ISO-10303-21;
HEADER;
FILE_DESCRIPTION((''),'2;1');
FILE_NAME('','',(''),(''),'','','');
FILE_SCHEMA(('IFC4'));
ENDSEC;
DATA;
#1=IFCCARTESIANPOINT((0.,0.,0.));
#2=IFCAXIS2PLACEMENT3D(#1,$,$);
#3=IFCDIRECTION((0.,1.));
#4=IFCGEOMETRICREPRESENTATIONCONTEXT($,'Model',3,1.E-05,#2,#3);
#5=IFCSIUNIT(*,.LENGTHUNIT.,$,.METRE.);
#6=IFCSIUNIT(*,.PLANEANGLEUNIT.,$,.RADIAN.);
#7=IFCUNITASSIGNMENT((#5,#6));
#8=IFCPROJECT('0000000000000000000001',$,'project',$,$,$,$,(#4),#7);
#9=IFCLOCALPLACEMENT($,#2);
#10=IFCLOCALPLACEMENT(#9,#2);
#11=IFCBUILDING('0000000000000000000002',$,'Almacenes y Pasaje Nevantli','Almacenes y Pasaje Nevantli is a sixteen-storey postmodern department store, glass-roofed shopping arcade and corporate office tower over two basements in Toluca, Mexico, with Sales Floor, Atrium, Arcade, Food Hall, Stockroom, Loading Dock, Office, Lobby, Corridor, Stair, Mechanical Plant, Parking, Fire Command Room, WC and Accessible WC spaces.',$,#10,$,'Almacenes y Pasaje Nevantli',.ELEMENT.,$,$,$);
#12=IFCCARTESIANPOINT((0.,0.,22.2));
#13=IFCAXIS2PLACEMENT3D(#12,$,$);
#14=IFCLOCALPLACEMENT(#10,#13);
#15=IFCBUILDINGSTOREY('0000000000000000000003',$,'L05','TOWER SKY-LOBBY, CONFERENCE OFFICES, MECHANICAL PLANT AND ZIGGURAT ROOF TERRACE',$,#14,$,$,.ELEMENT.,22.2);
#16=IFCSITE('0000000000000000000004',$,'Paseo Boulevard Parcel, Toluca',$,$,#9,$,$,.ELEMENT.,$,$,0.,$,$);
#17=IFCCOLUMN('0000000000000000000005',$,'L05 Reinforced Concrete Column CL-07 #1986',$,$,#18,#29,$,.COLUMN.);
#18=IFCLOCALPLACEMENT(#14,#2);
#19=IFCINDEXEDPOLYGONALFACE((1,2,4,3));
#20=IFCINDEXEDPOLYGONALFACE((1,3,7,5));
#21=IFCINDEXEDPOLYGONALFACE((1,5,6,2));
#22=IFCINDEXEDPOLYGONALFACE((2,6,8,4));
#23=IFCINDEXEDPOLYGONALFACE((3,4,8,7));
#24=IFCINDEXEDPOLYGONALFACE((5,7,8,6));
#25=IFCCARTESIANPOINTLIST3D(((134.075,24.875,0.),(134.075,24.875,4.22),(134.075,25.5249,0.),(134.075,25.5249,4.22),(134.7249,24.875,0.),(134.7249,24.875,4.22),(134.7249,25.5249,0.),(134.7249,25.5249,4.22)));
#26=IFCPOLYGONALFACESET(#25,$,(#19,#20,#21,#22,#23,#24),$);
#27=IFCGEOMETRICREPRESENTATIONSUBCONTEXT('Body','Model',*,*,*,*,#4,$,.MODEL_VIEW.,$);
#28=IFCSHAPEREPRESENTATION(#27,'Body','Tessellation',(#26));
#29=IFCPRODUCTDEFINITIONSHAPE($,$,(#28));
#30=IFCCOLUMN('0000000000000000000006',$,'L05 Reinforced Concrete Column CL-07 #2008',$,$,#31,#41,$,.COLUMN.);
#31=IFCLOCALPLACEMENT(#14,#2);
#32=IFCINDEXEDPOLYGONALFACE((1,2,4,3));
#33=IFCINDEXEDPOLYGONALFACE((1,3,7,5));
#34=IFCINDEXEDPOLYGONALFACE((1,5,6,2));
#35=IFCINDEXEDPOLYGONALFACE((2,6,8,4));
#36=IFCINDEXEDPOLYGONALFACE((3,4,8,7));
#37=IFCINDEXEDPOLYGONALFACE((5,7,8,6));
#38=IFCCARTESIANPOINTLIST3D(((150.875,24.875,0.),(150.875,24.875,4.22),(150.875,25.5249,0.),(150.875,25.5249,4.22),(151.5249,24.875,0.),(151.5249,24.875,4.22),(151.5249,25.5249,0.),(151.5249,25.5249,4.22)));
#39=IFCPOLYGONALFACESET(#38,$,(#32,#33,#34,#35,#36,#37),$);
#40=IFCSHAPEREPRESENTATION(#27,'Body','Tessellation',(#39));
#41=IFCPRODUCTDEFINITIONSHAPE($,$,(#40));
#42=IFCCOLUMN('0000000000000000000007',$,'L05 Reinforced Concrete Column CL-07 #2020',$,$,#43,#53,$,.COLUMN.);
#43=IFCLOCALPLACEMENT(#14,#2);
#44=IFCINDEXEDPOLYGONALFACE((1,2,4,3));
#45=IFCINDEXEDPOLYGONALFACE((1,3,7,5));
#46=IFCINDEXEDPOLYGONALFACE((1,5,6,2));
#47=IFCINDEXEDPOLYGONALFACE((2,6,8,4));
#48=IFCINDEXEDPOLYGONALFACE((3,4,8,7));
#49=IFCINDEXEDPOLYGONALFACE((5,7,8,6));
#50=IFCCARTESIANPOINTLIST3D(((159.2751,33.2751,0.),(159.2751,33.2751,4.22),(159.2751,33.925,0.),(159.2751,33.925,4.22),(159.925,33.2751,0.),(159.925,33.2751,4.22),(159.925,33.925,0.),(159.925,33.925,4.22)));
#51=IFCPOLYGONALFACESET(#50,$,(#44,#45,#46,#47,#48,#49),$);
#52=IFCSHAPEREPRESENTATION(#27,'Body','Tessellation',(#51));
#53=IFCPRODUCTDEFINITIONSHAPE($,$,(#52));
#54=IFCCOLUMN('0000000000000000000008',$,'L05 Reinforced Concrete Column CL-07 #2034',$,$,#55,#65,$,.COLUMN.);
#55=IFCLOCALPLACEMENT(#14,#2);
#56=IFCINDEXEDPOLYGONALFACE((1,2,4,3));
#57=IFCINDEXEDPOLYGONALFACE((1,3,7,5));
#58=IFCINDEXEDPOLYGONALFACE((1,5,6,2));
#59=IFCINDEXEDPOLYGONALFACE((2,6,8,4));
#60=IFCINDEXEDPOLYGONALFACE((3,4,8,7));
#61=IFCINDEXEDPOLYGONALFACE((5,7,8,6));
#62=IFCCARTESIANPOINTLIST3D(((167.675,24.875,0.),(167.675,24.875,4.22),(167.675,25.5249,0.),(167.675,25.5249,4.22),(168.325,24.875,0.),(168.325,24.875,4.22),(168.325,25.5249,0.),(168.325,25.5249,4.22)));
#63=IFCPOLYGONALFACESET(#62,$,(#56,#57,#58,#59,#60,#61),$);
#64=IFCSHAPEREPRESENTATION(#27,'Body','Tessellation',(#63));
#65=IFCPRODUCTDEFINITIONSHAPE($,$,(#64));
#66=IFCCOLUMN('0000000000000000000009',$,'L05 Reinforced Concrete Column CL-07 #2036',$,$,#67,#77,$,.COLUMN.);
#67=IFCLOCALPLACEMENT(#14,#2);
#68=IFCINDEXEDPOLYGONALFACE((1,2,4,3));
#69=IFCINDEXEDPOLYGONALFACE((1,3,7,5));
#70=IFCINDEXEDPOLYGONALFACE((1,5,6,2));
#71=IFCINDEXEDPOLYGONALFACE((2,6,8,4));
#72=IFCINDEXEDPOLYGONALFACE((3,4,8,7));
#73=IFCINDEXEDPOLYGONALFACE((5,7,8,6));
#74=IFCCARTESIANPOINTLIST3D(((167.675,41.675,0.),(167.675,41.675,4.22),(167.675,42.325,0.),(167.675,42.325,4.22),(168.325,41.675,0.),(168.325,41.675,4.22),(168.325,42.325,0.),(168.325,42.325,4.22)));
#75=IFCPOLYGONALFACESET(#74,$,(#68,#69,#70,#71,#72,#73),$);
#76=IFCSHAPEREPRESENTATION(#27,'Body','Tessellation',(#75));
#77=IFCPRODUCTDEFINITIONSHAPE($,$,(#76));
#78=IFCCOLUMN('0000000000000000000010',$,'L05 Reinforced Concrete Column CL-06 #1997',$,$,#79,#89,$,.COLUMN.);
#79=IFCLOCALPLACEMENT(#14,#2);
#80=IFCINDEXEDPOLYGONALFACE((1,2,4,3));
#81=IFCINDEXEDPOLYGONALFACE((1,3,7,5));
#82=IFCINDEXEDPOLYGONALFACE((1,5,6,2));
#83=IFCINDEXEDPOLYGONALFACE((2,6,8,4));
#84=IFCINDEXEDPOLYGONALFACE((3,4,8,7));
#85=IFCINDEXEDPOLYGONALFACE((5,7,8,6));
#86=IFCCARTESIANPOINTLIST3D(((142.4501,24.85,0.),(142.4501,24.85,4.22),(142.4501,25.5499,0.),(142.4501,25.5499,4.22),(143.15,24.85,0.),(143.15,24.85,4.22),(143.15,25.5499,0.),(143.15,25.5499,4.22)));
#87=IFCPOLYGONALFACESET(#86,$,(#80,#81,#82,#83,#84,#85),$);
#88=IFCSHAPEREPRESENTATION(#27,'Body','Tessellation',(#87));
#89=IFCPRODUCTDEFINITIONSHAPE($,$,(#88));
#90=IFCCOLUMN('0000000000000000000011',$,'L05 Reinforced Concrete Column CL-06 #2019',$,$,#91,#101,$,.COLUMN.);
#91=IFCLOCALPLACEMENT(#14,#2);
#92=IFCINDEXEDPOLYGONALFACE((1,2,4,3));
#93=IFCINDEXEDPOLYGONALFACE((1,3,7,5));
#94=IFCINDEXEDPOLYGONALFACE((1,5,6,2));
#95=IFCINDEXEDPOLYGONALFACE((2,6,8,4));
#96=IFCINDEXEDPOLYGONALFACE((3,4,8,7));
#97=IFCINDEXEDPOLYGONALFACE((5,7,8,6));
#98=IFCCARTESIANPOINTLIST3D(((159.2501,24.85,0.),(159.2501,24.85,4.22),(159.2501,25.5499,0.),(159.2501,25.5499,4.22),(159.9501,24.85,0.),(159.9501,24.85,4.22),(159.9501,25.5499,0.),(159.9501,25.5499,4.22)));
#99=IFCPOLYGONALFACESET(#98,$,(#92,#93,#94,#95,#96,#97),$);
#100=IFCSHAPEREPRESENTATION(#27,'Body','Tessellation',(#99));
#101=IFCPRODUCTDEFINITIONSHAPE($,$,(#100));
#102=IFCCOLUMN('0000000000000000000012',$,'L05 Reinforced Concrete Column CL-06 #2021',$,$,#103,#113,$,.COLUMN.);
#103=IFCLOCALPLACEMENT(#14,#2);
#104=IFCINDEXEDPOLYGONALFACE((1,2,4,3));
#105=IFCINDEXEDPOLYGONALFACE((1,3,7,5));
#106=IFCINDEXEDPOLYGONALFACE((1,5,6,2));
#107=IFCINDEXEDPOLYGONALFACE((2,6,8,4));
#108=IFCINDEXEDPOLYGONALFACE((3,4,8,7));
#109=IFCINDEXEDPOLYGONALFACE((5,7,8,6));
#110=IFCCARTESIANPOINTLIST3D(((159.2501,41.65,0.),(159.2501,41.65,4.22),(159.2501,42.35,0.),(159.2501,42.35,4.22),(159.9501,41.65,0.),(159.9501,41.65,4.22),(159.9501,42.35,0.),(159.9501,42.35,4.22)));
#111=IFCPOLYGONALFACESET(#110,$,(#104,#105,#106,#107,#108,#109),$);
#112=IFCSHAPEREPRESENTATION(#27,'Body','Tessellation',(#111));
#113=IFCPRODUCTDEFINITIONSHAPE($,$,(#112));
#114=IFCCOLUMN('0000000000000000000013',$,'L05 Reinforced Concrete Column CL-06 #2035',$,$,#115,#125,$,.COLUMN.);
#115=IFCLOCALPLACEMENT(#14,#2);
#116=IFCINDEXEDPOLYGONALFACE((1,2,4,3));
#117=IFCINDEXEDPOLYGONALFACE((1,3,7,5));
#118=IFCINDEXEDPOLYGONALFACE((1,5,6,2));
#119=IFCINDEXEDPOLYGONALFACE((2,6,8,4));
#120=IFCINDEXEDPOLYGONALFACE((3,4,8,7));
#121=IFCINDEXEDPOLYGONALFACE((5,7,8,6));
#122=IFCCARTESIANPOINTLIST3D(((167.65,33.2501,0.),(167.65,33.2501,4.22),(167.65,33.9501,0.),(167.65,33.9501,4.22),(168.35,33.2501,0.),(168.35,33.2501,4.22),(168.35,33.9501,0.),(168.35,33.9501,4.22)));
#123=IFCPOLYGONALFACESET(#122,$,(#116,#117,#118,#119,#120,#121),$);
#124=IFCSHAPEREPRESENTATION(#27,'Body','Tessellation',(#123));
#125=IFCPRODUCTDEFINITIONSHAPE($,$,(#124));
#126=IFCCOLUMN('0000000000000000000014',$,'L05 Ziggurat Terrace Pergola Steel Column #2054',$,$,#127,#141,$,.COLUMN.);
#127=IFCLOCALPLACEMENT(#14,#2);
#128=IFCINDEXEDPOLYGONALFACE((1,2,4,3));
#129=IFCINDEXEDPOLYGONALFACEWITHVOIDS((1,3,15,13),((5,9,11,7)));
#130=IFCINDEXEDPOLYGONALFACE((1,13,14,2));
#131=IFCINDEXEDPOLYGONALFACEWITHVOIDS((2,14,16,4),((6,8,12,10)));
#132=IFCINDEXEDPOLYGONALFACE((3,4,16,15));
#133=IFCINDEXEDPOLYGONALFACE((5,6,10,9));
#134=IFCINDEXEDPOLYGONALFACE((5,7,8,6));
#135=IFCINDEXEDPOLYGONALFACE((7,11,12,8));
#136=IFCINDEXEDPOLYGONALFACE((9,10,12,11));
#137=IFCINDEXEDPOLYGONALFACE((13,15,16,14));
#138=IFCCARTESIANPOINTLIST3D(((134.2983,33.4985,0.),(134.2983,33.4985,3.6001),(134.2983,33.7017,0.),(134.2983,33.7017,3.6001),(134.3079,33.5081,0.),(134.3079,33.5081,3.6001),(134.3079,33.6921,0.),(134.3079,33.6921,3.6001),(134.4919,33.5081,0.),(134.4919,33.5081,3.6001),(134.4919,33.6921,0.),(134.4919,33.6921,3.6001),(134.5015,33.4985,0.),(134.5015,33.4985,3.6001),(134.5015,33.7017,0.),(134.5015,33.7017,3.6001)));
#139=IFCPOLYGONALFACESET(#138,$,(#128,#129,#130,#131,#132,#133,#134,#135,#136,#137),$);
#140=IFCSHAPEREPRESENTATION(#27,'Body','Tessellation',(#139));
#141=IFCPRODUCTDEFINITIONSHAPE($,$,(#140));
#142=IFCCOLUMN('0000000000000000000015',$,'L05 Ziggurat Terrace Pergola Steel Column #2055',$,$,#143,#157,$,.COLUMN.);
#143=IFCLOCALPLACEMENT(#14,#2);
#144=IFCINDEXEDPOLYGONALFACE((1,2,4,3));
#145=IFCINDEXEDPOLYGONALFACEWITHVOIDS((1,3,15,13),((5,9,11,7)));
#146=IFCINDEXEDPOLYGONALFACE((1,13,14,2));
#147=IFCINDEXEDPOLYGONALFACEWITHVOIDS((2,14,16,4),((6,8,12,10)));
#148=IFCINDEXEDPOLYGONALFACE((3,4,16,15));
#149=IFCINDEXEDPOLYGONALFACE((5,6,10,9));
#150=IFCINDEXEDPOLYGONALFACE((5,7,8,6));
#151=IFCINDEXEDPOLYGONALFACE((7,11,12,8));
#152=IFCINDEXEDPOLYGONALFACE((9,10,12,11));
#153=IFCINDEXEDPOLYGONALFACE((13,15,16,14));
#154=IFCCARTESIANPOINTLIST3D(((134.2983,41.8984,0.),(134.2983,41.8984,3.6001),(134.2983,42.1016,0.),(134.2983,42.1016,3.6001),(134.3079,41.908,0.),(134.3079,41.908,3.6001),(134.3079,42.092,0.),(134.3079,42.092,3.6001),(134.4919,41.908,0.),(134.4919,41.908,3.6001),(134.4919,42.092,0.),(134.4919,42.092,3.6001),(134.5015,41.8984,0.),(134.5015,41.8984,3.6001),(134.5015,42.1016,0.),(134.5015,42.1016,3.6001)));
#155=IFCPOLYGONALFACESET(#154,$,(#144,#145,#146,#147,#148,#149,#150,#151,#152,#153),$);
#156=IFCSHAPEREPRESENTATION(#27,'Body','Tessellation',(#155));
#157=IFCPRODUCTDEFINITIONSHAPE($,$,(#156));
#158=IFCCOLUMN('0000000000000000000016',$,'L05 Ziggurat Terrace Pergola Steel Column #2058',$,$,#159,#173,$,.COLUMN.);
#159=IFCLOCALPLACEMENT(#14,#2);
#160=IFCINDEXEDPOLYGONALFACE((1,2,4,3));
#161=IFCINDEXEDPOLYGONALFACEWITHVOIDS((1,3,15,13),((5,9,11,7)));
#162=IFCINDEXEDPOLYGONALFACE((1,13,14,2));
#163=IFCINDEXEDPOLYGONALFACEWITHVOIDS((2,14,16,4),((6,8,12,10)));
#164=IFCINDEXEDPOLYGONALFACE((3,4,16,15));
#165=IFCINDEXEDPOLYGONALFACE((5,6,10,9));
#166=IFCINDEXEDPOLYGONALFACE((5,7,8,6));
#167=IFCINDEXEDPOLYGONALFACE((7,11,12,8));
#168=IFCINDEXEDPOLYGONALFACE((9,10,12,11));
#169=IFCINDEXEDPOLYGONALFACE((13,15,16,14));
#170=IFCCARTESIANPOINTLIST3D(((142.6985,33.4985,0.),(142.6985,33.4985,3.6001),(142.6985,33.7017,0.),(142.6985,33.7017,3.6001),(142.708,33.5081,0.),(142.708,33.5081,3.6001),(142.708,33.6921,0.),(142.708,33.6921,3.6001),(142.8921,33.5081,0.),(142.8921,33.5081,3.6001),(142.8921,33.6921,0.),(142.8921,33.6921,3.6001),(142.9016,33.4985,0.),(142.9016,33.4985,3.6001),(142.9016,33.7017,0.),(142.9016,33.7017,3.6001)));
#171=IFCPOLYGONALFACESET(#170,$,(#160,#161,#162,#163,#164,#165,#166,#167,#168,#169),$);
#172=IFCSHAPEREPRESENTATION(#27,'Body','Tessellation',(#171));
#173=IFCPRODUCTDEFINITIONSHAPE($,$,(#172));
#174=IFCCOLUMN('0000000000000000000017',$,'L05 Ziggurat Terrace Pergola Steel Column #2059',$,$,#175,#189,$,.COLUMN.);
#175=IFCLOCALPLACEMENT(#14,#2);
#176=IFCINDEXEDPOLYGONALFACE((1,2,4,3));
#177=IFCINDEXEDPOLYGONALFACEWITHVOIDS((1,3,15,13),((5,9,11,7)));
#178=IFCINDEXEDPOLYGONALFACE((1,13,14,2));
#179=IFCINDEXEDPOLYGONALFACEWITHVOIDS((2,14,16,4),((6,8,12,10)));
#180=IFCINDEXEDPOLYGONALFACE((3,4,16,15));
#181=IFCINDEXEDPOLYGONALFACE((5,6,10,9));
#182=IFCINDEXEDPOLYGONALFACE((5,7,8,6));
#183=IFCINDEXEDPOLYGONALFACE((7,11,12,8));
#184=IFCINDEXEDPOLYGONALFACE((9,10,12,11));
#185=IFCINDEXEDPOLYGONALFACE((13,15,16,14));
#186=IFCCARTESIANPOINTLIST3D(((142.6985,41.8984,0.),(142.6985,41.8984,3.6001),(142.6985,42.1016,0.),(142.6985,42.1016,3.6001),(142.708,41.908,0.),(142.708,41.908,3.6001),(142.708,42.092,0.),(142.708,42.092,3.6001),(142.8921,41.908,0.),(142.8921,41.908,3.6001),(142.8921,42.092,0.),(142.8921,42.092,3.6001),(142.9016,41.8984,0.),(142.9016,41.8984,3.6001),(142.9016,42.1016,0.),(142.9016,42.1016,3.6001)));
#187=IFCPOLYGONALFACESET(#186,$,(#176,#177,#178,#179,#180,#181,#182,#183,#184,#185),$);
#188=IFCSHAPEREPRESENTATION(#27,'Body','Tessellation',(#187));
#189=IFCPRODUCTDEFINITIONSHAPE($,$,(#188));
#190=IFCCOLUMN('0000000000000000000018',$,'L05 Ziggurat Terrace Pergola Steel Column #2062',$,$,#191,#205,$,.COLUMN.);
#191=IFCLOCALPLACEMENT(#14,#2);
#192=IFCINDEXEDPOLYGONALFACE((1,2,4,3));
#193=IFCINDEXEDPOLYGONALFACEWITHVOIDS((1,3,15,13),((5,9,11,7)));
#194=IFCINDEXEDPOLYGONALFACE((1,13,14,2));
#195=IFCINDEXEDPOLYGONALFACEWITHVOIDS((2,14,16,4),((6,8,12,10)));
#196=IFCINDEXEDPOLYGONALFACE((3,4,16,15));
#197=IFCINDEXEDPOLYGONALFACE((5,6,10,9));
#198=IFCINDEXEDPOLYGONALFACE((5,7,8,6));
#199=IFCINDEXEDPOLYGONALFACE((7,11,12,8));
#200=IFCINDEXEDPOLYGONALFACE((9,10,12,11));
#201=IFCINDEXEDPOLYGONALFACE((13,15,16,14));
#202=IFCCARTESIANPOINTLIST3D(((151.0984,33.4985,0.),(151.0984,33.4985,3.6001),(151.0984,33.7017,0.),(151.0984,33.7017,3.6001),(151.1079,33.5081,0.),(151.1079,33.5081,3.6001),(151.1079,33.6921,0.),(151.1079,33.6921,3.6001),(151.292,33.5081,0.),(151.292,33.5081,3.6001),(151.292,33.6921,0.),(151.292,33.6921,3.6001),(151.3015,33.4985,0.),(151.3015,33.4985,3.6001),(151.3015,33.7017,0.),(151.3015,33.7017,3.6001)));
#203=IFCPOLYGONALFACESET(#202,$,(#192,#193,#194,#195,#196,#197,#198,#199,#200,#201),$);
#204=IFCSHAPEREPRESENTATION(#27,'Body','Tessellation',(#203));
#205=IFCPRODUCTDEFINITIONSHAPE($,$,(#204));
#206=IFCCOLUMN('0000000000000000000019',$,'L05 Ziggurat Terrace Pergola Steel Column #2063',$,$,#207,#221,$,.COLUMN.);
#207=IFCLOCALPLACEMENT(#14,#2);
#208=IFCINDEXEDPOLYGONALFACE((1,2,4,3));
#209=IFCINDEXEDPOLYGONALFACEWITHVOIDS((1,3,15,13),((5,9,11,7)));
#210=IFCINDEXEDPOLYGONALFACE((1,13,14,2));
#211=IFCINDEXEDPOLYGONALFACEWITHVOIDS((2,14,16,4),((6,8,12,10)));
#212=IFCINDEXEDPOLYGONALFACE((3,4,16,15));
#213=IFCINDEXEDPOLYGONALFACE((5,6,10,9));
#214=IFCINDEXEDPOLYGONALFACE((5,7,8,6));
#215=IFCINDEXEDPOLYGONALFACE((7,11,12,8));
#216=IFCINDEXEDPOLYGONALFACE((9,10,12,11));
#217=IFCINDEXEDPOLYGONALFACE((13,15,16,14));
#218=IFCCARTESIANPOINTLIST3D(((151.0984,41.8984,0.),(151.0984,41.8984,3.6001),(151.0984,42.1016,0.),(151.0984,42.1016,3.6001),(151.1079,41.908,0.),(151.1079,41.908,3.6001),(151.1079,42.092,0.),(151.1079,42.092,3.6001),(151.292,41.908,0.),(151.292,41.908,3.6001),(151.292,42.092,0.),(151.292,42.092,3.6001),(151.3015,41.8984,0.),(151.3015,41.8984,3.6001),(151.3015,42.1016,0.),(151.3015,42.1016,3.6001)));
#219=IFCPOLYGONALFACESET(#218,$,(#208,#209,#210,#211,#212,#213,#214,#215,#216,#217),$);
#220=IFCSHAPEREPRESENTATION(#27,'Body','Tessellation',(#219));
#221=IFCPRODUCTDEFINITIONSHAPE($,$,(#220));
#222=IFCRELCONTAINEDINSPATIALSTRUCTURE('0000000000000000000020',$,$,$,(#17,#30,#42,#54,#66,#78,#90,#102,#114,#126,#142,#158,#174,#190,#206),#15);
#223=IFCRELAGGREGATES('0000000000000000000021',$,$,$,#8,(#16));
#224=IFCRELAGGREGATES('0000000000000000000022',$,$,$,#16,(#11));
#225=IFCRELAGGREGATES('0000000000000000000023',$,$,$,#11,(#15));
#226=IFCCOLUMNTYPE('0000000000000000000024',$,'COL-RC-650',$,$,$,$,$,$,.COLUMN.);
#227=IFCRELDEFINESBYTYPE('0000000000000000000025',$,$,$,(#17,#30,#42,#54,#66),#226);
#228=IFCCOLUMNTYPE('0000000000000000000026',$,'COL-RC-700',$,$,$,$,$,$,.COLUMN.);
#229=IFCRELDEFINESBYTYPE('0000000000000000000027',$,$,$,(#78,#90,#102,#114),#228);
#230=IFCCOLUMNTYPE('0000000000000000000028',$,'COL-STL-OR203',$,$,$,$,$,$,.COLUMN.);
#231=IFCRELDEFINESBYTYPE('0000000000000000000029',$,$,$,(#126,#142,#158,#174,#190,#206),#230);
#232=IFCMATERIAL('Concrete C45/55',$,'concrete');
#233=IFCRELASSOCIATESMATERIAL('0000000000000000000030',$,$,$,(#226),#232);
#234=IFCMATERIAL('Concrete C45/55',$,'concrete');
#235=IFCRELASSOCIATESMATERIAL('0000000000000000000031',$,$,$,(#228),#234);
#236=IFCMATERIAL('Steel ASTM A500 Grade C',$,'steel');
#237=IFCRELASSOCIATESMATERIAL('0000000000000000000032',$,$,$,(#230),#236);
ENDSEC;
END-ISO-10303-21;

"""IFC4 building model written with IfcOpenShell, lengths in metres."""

from ifc_helpers import new_model, si_unit, direction, frame, origin, origin_2d, place, context, subcontext, project, spatial, rectangle, hollow_rectangle, extrude, material, material_profile, profile_set, type_object, element, save


model = new_model("IFC4")

# Units and contexts
model_context = context("Model", 3, precision=1e-05, world=origin(), true_north=direction((0.0, 1.0)))
body_context = subcontext(model_context, "Body", "Model", "MODEL_VIEW")
ifc_project = project(units=[si_unit("LENGTHUNIT", "METRE"), si_unit("PLANEANGLEUNIT", "RADIAN")], contexts=[model_context])

# Site, building, storey
site_placement = place(None, origin())
site = spatial("IfcSite", under=ifc_project, at=site_placement, Name="Paseo Boulevard Parcel, Toluca", CompositionType="ELEMENT", RefElevation=0.0)
building_placement = place(site_placement, origin())
building = spatial("IfcBuilding", under=site, at=building_placement, Name="Almacenes y Pasaje Nevantli", Description="Almacenes y Pasaje Nevantli is a sixteen-storey postmodern department store, glass-roofed shopping arcade and corporate office tower over two basements in Toluca, Mexico, with Sales Floor, Atrium, Arcade, Food Hall, Stockroom, Loading Dock, Office, Lobby, Corridor, Stair, Mechanical Plant, Parking, Fire Command Room, WC and Accessible WC spaces.", LongName="Almacenes y Pasaje Nevantli", CompositionType="ELEMENT")
storey_placement = place(building_placement, frame((0.0, 0.0, 22.2)))
storey = spatial("IfcBuildingStorey", under=building, at=storey_placement, Name="L05", Description="TOWER SKY-LOBBY, CONFERENCE OFFICES, MECHANICAL PLANT AND ZIGGURAT ROOF TERRACE", CompositionType="ELEMENT", Elevation=22.2)

# Columns
ifc_material_1 = material(Name="Concrete C45/55", Category="concrete")
ifc_material_profile_1 = material_profile(ifc_material_1, rectangle(XDim=0.6499, YDim=0.6499, at=origin_2d()), Name="RC-COL-650x650")
ifc_profile_set_1 = profile_set([ifc_material_profile_1], Name="Concrete C45/55")
column_type_1 = type_object("IfcColumnType", Name="COL-RC-650", PredefinedType="COLUMN", material=ifc_profile_set_1)
for number, where, z_axis, x_axis, name in (
    (1, (134.3999, 25.2, 0.0), (0.0, 0.0, 1.0), (1.0, 0.0, 0.0), "L05 Reinforced Concrete Column CL-07 #1986"),
    (2, (151.2, 25.2, 0.0), (0.0, 0.0, 1.0), (1.0, 0.0, 0.0), "L05 Reinforced Concrete Column CL-07 #2008"),
    (3, (159.6001, 33.6001, 0.0), (0.0, 0.0, 1.0), (1.0, 0.0, 0.0), "L05 Reinforced Concrete Column CL-07 #2020"),
    (4, (168.0, 25.2, 0.0), (0.0, 0.0, 1.0), (1.0, 0.0, 0.0), "L05 Reinforced Concrete Column CL-07 #2034"),
    (5, (168.0, 42.0, 0.0), (0.0, 0.0, 1.0), (1.0, 0.0, 0.0), "L05 Reinforced Concrete Column CL-07 #2036"),
):
    element("IfcColumn", number, at=place(storey_placement, frame(where, z_axis=z_axis, x_axis=x_axis)), inside=storey, type_object=column_type_1, Name=name, PredefinedType="COLUMN", context=body_context, shape_type="SweptSolid", body=[
        extrude(rectangle(XDim=0.6499, YDim=0.6499, at=origin_2d()), origin(), (0.0, 0.0, 1.0), 4.22),
    ])
ifc_material_2 = material(Name="Concrete C45/55", Category="concrete")
ifc_material_profile_2 = material_profile(ifc_material_2, rectangle(XDim=0.7, YDim=0.7, at=origin_2d()), Name="RC-COL-700x700")
ifc_profile_set_2 = profile_set([ifc_material_profile_2], Name="Concrete C45/55")
column_type_2 = type_object("IfcColumnType", Name="COL-RC-700", PredefinedType="COLUMN", material=ifc_profile_set_2)
for number, where, z_axis, x_axis, name in (
    (6, (142.8, 25.2, 0.0), (0.0, 0.0, 1.0), (1.0, 0.0, 0.0), "L05 Reinforced Concrete Column CL-06 #1997"),
    (7, (159.6001, 25.2, 0.0), (0.0, 0.0, 1.0), (1.0, 0.0, 0.0), "L05 Reinforced Concrete Column CL-06 #2019"),
    (8, (159.6001, 42.0, 0.0), (0.0, 0.0, 1.0), (1.0, 0.0, 0.0), "L05 Reinforced Concrete Column CL-06 #2021"),
    (9, (168.0, 33.6001, 0.0), (0.0, 0.0, 1.0), (1.0, 0.0, 0.0), "L05 Reinforced Concrete Column CL-06 #2035"),
):
    element("IfcColumn", number, at=place(storey_placement, frame(where, z_axis=z_axis, x_axis=x_axis)), inside=storey, type_object=column_type_2, Name=name, PredefinedType="COLUMN", context=body_context, shape_type="SweptSolid", body=[
        extrude(rectangle(XDim=0.7, YDim=0.7, at=origin_2d()), origin(), (0.0, 0.0, 1.0), 4.22),
    ])
ifc_material_3 = material(Name="Steel ASTM A500 Grade C", Category="steel")
ifc_material_profile_3 = material_profile(ifc_material_3, hollow_rectangle(XDim=0.2031, YDim=0.2031, WallThickness=0.0095, at=origin_2d()), Name="OR 203x203x9.5")
ifc_profile_set_3 = profile_set([ifc_material_profile_3], Name="Steel ASTM A500 Grade C")
column_type_3 = type_object("IfcColumnType", Name="COL-STL-OR203", PredefinedType="COLUMN", material=ifc_profile_set_3)
for number, where, z_axis, x_axis, name in (
    (10, (134.3999, 33.6001, 0.0), (0.0, 0.0, 1.0), (1.0, 0.0, 0.0), "L05 Ziggurat Terrace Pergola Steel Column #2054"),
    (11, (134.3999, 42.0, 0.0), (0.0, 0.0, 1.0), (1.0, 0.0, 0.0), "L05 Ziggurat Terrace Pergola Steel Column #2055"),
    (12, (142.8, 33.6001, 0.0), (0.0, 0.0, 1.0), (1.0, 0.0, 0.0), "L05 Ziggurat Terrace Pergola Steel Column #2058"),
    (13, (142.8, 42.0, 0.0), (0.0, 0.0, 1.0), (1.0, 0.0, 0.0), "L05 Ziggurat Terrace Pergola Steel Column #2059"),
    (14, (151.2, 33.6001, 0.0), (0.0, 0.0, 1.0), (1.0, 0.0, 0.0), "L05 Ziggurat Terrace Pergola Steel Column #2062"),
    (15, (151.2, 42.0, 0.0), (0.0, 0.0, 1.0), (1.0, 0.0, 0.0), "L05 Ziggurat Terrace Pergola Steel Column #2063"),
):
    element("IfcColumn", number, at=place(storey_placement, frame(where, z_axis=z_axis, x_axis=x_axis)), inside=storey, type_object=column_type_3, Name=name, PredefinedType="COLUMN", context=body_context, shape_type="SweptSolid", body=[
        extrude(hollow_rectangle(XDim=0.2031, YDim=0.2031, WallThickness=0.0095, at=origin_2d()), origin(), (0.0, 0.0, 1.0), 3.6001),
    ])

save(model, "model.ifc")
